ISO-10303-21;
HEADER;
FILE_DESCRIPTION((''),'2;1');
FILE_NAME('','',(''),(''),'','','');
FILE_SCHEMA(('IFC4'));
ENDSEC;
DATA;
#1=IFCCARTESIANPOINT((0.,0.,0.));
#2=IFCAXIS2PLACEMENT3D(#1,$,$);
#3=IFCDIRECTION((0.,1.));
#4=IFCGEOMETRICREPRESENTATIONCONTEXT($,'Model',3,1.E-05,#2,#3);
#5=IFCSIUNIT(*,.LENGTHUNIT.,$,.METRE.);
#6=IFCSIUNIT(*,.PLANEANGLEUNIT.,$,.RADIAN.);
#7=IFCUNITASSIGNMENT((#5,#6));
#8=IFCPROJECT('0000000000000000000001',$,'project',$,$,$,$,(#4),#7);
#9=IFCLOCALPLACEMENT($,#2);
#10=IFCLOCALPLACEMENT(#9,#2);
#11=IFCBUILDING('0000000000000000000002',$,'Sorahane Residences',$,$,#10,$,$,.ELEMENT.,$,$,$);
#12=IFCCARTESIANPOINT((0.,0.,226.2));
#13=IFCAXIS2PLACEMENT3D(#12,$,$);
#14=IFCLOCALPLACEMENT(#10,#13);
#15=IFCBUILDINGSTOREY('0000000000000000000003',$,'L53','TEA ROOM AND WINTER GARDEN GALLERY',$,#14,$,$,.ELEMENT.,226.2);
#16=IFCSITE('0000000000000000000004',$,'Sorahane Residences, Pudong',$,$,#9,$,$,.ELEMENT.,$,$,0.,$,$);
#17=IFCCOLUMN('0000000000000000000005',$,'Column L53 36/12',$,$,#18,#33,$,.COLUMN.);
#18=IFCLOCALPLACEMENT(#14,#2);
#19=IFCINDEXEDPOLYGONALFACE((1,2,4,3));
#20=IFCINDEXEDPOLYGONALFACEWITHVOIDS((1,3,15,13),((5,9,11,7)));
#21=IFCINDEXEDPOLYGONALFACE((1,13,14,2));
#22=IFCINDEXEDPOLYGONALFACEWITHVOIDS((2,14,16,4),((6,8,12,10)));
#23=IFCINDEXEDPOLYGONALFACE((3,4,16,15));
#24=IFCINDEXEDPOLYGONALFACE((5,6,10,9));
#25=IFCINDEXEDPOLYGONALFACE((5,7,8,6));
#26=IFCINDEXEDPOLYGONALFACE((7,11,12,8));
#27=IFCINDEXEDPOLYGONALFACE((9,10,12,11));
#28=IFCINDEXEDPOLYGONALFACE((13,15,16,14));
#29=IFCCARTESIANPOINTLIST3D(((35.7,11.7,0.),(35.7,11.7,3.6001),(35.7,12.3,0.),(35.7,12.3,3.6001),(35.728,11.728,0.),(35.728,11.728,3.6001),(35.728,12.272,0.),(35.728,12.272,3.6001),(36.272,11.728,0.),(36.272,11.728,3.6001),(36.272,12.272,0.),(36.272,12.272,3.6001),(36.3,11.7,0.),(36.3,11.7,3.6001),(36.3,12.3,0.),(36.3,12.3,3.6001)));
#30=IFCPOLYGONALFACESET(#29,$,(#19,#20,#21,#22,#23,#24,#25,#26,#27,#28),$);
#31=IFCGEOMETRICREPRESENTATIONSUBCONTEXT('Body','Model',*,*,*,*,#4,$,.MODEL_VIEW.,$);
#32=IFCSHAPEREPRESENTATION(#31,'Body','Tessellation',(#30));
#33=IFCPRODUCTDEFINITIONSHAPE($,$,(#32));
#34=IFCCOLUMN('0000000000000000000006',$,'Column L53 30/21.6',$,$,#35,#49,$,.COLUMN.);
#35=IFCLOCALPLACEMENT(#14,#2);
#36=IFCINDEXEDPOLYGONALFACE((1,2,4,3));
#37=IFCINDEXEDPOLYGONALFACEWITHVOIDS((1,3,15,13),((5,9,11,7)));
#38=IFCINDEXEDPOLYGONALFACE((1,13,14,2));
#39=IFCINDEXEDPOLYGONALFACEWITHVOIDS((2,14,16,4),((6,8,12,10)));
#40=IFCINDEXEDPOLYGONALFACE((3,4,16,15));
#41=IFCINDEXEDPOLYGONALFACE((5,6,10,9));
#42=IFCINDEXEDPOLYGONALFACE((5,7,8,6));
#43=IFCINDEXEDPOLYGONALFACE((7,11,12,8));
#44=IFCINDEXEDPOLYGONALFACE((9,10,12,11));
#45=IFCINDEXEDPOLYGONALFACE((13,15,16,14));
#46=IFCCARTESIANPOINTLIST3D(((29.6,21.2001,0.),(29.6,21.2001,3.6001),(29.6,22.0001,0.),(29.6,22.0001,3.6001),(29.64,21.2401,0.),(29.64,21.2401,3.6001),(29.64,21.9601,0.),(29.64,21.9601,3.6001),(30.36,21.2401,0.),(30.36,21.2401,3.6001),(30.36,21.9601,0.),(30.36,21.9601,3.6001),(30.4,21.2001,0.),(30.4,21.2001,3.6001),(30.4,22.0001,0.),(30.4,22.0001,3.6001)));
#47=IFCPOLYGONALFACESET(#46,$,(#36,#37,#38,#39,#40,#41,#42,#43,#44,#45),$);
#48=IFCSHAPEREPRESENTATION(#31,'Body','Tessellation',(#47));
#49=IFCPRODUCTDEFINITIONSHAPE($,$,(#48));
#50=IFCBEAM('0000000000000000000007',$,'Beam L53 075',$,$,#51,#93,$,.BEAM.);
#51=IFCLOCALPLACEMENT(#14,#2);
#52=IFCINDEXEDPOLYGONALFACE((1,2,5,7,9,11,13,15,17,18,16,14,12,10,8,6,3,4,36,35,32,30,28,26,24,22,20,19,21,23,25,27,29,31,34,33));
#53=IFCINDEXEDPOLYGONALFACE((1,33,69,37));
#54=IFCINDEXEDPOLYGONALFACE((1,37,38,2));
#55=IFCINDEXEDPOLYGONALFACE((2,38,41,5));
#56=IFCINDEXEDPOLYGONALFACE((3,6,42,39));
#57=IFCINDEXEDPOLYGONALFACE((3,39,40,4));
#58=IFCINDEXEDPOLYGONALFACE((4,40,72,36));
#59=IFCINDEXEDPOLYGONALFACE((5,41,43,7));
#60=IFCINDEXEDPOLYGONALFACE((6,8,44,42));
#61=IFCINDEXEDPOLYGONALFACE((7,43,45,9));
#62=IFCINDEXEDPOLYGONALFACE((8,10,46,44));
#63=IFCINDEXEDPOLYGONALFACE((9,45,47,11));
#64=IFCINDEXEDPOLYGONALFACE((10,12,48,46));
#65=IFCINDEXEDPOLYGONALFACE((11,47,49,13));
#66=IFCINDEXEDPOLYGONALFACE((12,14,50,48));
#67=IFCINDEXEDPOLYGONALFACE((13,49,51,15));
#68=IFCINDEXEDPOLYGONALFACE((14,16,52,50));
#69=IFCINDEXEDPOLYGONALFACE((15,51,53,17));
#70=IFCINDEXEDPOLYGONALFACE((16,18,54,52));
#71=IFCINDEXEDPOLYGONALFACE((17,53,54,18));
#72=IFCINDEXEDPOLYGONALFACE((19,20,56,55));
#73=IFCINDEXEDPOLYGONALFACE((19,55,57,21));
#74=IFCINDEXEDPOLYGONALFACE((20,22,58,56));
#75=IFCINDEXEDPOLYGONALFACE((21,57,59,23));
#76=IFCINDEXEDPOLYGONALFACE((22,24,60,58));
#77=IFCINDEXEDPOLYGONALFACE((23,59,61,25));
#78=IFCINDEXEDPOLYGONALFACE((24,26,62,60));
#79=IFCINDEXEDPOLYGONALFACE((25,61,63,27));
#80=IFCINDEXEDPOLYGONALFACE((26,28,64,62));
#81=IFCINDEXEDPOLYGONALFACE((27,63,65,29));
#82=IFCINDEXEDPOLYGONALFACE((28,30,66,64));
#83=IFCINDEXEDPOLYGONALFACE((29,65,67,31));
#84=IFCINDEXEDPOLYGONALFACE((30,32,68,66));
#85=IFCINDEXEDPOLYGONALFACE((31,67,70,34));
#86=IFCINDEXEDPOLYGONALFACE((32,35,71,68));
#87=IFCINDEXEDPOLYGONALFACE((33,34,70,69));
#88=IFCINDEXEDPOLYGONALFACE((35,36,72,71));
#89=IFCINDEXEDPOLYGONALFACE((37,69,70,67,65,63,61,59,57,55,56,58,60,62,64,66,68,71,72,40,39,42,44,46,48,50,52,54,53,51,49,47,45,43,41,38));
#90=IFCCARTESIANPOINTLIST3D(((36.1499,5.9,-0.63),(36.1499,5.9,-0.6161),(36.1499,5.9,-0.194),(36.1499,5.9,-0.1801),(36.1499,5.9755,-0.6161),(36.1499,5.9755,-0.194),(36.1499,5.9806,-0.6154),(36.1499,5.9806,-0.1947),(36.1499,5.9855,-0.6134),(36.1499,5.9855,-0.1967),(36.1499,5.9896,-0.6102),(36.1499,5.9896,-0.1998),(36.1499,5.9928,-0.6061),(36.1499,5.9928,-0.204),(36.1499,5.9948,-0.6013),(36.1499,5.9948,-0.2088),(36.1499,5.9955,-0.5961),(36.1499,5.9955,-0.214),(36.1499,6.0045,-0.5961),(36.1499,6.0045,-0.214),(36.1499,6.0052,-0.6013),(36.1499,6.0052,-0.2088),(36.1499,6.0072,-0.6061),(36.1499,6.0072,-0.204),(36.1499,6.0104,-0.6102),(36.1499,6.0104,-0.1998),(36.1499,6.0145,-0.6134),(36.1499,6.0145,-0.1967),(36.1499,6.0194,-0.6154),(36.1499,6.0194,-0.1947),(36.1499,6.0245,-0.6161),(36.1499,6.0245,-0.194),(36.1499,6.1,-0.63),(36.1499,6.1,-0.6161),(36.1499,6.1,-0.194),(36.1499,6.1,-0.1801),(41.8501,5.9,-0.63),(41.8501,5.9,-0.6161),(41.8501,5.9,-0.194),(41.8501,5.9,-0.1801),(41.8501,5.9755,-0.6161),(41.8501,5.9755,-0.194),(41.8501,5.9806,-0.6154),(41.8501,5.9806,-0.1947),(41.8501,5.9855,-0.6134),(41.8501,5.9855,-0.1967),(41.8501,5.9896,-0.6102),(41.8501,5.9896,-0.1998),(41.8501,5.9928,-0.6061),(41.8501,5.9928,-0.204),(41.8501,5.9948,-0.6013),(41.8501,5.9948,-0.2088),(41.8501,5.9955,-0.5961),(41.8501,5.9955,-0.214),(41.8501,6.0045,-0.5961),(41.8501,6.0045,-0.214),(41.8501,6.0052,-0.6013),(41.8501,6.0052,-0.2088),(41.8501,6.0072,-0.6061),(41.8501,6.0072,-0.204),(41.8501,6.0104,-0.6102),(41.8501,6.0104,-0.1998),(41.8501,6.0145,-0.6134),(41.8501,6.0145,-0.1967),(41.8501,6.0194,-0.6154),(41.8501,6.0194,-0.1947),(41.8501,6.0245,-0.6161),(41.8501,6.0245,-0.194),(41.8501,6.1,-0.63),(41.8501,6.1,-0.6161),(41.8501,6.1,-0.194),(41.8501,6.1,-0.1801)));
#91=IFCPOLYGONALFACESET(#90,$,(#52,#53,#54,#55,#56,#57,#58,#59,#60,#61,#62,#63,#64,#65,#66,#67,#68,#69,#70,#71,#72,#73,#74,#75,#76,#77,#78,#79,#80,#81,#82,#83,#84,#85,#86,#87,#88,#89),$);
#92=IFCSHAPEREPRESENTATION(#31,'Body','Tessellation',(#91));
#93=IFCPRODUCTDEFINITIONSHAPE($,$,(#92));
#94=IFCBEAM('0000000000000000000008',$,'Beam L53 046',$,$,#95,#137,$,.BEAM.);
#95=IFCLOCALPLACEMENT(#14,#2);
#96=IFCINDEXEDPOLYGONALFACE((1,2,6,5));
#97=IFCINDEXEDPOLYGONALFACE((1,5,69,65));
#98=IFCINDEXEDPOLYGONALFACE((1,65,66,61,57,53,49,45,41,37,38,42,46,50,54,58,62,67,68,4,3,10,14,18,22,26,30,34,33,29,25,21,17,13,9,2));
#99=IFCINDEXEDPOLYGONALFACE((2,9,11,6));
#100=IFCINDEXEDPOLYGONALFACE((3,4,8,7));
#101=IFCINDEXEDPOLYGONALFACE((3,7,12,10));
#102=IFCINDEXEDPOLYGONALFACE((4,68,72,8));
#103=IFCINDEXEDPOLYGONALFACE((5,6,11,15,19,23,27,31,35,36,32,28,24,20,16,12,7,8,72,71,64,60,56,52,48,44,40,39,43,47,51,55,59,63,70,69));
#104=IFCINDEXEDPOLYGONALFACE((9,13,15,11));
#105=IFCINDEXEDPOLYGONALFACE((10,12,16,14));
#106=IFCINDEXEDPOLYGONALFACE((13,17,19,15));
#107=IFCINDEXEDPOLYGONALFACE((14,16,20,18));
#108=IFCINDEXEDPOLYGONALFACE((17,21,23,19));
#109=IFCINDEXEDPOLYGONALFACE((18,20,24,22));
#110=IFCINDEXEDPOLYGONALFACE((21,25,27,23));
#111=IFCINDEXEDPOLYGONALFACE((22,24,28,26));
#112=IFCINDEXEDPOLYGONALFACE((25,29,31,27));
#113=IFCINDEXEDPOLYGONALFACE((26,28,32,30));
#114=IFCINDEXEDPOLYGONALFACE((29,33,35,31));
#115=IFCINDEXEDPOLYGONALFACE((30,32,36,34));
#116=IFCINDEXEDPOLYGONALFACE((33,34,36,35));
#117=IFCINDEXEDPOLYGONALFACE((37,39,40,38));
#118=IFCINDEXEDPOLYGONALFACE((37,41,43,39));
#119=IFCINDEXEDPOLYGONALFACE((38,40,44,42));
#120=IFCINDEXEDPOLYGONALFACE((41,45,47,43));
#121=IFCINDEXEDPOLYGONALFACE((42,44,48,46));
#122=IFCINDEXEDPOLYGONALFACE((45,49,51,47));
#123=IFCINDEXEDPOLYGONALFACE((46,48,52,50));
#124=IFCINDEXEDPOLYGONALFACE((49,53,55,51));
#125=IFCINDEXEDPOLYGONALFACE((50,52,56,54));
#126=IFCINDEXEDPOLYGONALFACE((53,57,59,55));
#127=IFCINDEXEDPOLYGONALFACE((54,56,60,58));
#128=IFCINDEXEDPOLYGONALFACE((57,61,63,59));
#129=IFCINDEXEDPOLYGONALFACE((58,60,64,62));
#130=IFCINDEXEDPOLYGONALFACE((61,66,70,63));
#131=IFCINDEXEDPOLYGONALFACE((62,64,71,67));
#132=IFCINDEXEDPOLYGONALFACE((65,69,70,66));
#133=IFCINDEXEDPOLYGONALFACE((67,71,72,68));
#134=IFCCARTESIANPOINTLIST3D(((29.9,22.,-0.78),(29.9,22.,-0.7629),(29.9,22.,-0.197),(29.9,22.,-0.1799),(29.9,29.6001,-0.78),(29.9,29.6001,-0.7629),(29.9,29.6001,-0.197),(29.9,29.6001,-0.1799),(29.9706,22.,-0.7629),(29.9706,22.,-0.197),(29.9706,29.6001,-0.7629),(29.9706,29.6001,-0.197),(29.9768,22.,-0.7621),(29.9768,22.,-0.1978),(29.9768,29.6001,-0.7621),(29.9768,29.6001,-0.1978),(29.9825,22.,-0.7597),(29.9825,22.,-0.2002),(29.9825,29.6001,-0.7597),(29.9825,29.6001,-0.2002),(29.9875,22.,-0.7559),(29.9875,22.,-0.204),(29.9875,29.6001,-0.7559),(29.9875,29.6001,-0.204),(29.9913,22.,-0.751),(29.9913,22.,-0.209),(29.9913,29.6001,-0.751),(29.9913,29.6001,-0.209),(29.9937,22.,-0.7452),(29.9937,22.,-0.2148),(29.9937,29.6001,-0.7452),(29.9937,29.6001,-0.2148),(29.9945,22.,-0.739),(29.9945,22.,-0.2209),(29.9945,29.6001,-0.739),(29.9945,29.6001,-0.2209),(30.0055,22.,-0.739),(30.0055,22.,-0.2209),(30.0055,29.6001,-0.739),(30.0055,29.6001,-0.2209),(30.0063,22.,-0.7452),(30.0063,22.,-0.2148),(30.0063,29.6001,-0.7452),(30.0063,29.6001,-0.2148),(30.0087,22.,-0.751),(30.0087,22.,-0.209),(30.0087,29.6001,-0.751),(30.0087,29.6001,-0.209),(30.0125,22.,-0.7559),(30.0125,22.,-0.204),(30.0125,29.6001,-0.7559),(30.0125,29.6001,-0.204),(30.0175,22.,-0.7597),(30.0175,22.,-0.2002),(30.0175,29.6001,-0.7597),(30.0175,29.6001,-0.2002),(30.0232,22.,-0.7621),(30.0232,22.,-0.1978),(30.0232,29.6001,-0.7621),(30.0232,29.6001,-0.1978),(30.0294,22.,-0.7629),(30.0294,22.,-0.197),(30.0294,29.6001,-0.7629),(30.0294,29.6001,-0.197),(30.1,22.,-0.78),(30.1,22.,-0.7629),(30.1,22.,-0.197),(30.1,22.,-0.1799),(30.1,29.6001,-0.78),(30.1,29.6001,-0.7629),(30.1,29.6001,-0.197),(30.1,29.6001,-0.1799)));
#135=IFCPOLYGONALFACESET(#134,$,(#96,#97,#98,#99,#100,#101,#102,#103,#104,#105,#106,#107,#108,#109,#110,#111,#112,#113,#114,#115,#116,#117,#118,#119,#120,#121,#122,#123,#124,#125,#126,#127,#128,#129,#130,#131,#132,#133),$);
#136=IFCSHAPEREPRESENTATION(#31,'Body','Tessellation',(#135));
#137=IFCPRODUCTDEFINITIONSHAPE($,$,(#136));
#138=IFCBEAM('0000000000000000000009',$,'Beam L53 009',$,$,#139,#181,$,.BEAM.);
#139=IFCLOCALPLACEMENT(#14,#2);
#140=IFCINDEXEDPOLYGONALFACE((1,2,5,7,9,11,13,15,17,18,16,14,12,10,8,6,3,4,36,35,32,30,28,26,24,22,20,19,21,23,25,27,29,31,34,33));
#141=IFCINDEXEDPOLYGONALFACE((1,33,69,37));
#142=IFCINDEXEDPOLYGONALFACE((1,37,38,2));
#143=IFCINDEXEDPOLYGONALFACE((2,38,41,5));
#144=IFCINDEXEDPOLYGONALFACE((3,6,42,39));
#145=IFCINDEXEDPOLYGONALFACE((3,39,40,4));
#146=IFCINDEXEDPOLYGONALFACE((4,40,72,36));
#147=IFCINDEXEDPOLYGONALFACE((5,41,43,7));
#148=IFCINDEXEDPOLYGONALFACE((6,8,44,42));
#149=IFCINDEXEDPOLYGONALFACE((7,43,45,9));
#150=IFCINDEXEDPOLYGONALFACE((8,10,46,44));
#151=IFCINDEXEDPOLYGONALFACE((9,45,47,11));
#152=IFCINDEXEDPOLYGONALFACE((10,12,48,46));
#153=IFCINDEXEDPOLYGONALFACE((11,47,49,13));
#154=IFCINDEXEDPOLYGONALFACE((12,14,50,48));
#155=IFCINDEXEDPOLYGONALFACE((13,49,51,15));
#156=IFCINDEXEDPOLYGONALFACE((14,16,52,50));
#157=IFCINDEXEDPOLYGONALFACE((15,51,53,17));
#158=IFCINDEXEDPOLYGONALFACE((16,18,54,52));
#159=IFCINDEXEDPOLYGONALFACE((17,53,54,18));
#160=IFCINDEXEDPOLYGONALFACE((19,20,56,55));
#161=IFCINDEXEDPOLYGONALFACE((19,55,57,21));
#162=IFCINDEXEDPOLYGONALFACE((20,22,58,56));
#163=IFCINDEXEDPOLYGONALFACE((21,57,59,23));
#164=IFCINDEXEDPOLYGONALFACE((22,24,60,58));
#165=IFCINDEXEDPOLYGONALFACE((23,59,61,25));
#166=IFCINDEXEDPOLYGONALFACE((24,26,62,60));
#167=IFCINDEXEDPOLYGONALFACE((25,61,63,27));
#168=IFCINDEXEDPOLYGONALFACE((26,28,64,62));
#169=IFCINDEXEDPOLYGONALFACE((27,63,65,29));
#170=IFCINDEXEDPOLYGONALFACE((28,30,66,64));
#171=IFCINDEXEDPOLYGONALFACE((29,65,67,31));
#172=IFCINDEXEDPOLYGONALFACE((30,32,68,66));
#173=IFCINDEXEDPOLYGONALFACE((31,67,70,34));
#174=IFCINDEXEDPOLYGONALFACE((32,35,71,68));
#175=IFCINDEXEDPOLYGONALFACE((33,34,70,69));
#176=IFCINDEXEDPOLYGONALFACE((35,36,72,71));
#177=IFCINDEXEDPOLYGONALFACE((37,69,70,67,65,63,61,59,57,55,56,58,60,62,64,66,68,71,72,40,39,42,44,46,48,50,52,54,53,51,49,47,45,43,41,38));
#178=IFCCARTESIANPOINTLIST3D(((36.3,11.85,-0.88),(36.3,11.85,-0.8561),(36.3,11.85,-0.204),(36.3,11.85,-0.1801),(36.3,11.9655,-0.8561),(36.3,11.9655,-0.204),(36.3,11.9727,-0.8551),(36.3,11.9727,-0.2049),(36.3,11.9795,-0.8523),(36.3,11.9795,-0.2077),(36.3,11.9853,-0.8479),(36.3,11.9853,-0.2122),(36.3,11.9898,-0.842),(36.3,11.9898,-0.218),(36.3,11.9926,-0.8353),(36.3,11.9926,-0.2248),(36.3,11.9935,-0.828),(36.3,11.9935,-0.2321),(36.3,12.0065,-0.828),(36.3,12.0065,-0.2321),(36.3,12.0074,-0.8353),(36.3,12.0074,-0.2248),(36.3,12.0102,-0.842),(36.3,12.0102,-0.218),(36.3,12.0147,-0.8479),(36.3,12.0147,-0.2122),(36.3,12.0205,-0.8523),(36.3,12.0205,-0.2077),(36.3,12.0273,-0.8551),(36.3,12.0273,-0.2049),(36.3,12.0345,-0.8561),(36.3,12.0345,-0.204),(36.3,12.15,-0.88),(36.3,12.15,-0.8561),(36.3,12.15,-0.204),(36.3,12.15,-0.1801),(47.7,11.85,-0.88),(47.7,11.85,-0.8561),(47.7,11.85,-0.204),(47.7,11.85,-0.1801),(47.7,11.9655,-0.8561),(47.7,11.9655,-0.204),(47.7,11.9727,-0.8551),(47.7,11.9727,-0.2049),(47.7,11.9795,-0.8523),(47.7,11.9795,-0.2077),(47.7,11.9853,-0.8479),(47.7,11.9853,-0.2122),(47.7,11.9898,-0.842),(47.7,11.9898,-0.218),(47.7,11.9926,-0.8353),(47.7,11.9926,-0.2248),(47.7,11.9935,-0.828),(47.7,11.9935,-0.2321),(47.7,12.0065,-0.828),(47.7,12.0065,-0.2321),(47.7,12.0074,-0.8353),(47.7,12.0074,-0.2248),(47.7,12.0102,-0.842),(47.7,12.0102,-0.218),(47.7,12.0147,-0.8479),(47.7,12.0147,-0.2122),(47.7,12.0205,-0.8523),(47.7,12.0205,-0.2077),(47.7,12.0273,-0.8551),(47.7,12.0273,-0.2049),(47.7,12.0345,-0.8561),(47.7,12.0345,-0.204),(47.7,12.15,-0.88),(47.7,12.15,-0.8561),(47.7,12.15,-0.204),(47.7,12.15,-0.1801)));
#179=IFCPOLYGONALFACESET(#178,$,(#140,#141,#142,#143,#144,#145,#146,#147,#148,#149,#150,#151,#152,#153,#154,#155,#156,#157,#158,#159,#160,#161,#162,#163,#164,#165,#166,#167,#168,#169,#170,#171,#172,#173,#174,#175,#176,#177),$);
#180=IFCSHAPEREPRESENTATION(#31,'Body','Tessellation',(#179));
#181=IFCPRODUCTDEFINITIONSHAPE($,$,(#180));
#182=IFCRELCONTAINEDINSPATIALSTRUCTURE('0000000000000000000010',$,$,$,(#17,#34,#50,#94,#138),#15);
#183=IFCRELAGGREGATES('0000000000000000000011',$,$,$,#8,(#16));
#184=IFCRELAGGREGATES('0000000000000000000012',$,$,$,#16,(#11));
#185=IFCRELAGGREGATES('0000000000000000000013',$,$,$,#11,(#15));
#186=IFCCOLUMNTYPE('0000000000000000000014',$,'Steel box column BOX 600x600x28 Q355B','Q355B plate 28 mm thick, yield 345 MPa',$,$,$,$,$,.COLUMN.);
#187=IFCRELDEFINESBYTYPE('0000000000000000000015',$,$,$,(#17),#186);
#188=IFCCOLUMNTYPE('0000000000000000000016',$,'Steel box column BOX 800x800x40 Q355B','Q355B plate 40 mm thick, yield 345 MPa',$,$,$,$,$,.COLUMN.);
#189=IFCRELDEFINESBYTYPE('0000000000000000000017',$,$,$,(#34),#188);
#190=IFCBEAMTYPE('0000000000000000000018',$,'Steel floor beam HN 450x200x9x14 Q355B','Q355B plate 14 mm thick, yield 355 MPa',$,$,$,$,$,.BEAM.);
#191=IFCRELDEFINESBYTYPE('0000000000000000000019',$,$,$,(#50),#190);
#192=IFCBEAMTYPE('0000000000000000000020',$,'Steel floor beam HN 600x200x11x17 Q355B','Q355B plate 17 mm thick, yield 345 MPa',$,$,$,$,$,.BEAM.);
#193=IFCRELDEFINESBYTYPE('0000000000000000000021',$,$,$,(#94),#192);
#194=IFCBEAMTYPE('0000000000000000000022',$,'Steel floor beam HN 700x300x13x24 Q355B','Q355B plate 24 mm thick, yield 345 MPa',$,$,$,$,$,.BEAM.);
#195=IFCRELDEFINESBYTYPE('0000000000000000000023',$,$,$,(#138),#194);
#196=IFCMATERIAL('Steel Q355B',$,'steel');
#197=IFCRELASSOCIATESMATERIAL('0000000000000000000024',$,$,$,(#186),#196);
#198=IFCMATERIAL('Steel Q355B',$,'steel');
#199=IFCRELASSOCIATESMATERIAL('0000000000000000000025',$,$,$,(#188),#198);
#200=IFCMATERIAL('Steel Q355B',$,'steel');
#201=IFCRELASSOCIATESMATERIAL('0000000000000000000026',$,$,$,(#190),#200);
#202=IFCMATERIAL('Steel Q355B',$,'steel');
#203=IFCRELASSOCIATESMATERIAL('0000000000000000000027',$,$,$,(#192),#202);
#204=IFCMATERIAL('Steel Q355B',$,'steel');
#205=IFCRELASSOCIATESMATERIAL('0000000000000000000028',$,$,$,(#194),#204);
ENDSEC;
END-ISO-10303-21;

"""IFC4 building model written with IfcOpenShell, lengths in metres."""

from ifc_helpers import new_model, si_unit, direction, frame, origin, origin_2d, place, context, subcontext, project, spatial, hollow_rectangle, i_section, extrude, material, material_profile, profile_set, type_object, element, save


model = new_model("IFC4")

# Units and contexts
model_context = context("Model", 3, precision=1e-05, world=origin(), true_north=direction((0.0, 1.0)))
body_context = subcontext(model_context, "Body", "Model", "MODEL_VIEW")
ifc_project = project(units=[si_unit("LENGTHUNIT", "METRE"), si_unit("PLANEANGLEUNIT", "RADIAN")], contexts=[model_context])

# Site, building, storey
site_placement = place(None, origin())
site = spatial("IfcSite", under=ifc_project, at=site_placement, Name="Sorahane Residences, Pudong", CompositionType="ELEMENT", RefElevation=0.0)
building_placement = place(site_placement, origin())
building = spatial("IfcBuilding", under=site, at=building_placement, Name="Sorahane Residences", CompositionType="ELEMENT")
storey_placement = place(building_placement, frame((0.0, 0.0, 226.2)))
storey = spatial("IfcBuildingStorey", under=building, at=storey_placement, Name="L53", Description="TEA ROOM AND WINTER GARDEN GALLERY", CompositionType="ELEMENT", Elevation=226.2)

# Columns
ifc_material_1 = material(Name="Steel Q355B", Category="steel")
ifc_material_profile_1 = material_profile(ifc_material_1, hollow_rectangle(XDim=0.6001, YDim=0.6001, WallThickness=0.0281, at=origin_2d()), Name="BOX 600x600x28")
ifc_profile_set_1 = profile_set([ifc_material_profile_1], Name="Steel Q355B")
column_type_1 = type_object("IfcColumnType", Name="Steel box column BOX 600x600x28 Q355B", Description="Q355B plate 28 mm thick, yield 345 MPa", PredefinedType="COLUMN", material=ifc_profile_set_1)
column_1_placement = place(storey_placement, frame((36.0, 12.0, 0.0), z_axis=(0.0, 0.0, 1.0), x_axis=(1.0, 0.0, 0.0)))
element("IfcColumn", 1, at=column_1_placement, inside=storey, type_object=column_type_1, Name="Column L53 36/12", PredefinedType="COLUMN", context=body_context, shape_type="SweptSolid", body=[
    extrude(hollow_rectangle(XDim=0.6001, YDim=0.6001, WallThickness=0.0281, at=origin_2d()), origin(), (0.0, 0.0, 1.0), 3.6001),
])
ifc_material_2 = material(Name="Steel Q355B", Category="steel")
ifc_material_profile_2 = material_profile(ifc_material_2, hollow_rectangle(XDim=0.8, YDim=0.8, WallThickness=0.04, at=origin_2d()), Name="BOX 800x800x40")
ifc_profile_set_2 = profile_set([ifc_material_profile_2], Name="Steel Q355B")
column_type_2 = type_object("IfcColumnType", Name="Steel box column BOX 800x800x40 Q355B", Description="Q355B plate 40 mm thick, yield 345 MPa", PredefinedType="COLUMN", material=ifc_profile_set_2)
column_2_placement = place(storey_placement, frame((30.0, 21.6001, 0.0), z_axis=(0.0, 0.0, 1.0), x_axis=(1.0, 0.0, 0.0)))
element("IfcColumn", 2, at=column_2_placement, inside=storey, type_object=column_type_2, Name="Column L53 30/21.6", PredefinedType="COLUMN", context=body_context, shape_type="SweptSolid", body=[
    extrude(hollow_rectangle(XDim=0.8, YDim=0.8, WallThickness=0.04, at=origin_2d()), origin(), (0.0, 0.0, 1.0), 3.6001),
])

# Beams
ifc_material_3 = material(Name="Steel Q355B", Category="steel")
ifc_material_profile_3 = material_profile(ifc_material_3, i_section(OverallWidth=0.2, OverallDepth=0.45, WebThickness=0.009, FlangeThickness=0.0139, FilletRadius=0.02, at=origin_2d()), Name="HN 450x200x9x14")
ifc_profile_set_3 = profile_set([ifc_material_profile_3], Name="Steel Q355B")
beam_type_1 = type_object("IfcBeamType", Name="Steel floor beam HN 450x200x9x14 Q355B", Description="Q355B plate 14 mm thick, yield 355 MPa", PredefinedType="BEAM", material=ifc_profile_set_3)
beam_1_placement = place(storey_placement, frame((36.1499, 6.0, -0.405), z_axis=(1.0, 0.0, 0.0), x_axis=(0.0, 1.0, 0.0)))
element("IfcBeam", 3, at=beam_1_placement, inside=storey, type_object=beam_type_1, Name="Beam L53 075", PredefinedType="BEAM", context=body_context, shape_type="SweptSolid", body=[
    extrude(i_section(OverallWidth=0.2, OverallDepth=0.45, WebThickness=0.009, FlangeThickness=0.0139, FilletRadius=0.02, at=origin_2d()), origin(), (0.0, 0.0, 1.0), 5.7002),
])
ifc_material_4 = material(Name="Steel Q355B", Category="steel")
ifc_material_profile_4 = material_profile(ifc_material_4, i_section(OverallWidth=0.2, OverallDepth=0.6001, WebThickness=0.011, FlangeThickness=0.0171, FilletRadius=0.0239, at=origin_2d()), Name="HN 600x200x11x17")
ifc_profile_set_4 = profile_set([ifc_material_profile_4], Name="Steel Q355B")
beam_type_2 = type_object("IfcBeamType", Name="Steel floor beam HN 600x200x11x17 Q355B", Description="Q355B plate 17 mm thick, yield 345 MPa", PredefinedType="BEAM", material=ifc_profile_set_4)
beam_2_placement = place(storey_placement, frame((30.0, 22.0, -0.48), z_axis=(0.0, 1.0, 0.0), x_axis=(-1.0, 0.0, 0.0)))
element("IfcBeam", 4, at=beam_2_placement, inside=storey, type_object=beam_type_2, Name="Beam L53 046", PredefinedType="BEAM", context=body_context, shape_type="SweptSolid", body=[
    extrude(i_section(OverallWidth=0.2, OverallDepth=0.6001, WebThickness=0.011, FlangeThickness=0.0171, FilletRadius=0.0239, at=origin_2d()), origin(), (0.0, 0.0, 1.0), 7.6001),
])
ifc_material_5 = material(Name="Steel Q355B", Category="steel")
ifc_material_profile_5 = material_profile(ifc_material_5, i_section(OverallWidth=0.3, OverallDepth=0.7, WebThickness=0.0129, FlangeThickness=0.0239, FilletRadius=0.0281, at=origin_2d()), Name="HN 700x300x13x24")
ifc_profile_set_5 = profile_set([ifc_material_profile_5], Name="Steel Q355B")
beam_type_3 = type_object("IfcBeamType", Name="Steel floor beam HN 700x300x13x24 Q355B", Description="Q355B plate 24 mm thick, yield 345 MPa", PredefinedType="BEAM", material=ifc_profile_set_5)
beam_3_placement = place(storey_placement, frame((36.3, 12.0, -0.53), z_axis=(1.0, 0.0, 0.0), x_axis=(0.0, 1.0, 0.0)))
element("IfcBeam", 5, at=beam_3_placement, inside=storey, type_object=beam_type_3, Name="Beam L53 009", PredefinedType="BEAM", context=body_context, shape_type="SweptSolid", body=[
    extrude(i_section(OverallWidth=0.3, OverallDepth=0.7, WebThickness=0.0129, FlangeThickness=0.0239, FilletRadius=0.0281, at=origin_2d()), origin(), (0.0, 0.0, 1.0), 11.3999),
])

save(model, "model.ifc")
